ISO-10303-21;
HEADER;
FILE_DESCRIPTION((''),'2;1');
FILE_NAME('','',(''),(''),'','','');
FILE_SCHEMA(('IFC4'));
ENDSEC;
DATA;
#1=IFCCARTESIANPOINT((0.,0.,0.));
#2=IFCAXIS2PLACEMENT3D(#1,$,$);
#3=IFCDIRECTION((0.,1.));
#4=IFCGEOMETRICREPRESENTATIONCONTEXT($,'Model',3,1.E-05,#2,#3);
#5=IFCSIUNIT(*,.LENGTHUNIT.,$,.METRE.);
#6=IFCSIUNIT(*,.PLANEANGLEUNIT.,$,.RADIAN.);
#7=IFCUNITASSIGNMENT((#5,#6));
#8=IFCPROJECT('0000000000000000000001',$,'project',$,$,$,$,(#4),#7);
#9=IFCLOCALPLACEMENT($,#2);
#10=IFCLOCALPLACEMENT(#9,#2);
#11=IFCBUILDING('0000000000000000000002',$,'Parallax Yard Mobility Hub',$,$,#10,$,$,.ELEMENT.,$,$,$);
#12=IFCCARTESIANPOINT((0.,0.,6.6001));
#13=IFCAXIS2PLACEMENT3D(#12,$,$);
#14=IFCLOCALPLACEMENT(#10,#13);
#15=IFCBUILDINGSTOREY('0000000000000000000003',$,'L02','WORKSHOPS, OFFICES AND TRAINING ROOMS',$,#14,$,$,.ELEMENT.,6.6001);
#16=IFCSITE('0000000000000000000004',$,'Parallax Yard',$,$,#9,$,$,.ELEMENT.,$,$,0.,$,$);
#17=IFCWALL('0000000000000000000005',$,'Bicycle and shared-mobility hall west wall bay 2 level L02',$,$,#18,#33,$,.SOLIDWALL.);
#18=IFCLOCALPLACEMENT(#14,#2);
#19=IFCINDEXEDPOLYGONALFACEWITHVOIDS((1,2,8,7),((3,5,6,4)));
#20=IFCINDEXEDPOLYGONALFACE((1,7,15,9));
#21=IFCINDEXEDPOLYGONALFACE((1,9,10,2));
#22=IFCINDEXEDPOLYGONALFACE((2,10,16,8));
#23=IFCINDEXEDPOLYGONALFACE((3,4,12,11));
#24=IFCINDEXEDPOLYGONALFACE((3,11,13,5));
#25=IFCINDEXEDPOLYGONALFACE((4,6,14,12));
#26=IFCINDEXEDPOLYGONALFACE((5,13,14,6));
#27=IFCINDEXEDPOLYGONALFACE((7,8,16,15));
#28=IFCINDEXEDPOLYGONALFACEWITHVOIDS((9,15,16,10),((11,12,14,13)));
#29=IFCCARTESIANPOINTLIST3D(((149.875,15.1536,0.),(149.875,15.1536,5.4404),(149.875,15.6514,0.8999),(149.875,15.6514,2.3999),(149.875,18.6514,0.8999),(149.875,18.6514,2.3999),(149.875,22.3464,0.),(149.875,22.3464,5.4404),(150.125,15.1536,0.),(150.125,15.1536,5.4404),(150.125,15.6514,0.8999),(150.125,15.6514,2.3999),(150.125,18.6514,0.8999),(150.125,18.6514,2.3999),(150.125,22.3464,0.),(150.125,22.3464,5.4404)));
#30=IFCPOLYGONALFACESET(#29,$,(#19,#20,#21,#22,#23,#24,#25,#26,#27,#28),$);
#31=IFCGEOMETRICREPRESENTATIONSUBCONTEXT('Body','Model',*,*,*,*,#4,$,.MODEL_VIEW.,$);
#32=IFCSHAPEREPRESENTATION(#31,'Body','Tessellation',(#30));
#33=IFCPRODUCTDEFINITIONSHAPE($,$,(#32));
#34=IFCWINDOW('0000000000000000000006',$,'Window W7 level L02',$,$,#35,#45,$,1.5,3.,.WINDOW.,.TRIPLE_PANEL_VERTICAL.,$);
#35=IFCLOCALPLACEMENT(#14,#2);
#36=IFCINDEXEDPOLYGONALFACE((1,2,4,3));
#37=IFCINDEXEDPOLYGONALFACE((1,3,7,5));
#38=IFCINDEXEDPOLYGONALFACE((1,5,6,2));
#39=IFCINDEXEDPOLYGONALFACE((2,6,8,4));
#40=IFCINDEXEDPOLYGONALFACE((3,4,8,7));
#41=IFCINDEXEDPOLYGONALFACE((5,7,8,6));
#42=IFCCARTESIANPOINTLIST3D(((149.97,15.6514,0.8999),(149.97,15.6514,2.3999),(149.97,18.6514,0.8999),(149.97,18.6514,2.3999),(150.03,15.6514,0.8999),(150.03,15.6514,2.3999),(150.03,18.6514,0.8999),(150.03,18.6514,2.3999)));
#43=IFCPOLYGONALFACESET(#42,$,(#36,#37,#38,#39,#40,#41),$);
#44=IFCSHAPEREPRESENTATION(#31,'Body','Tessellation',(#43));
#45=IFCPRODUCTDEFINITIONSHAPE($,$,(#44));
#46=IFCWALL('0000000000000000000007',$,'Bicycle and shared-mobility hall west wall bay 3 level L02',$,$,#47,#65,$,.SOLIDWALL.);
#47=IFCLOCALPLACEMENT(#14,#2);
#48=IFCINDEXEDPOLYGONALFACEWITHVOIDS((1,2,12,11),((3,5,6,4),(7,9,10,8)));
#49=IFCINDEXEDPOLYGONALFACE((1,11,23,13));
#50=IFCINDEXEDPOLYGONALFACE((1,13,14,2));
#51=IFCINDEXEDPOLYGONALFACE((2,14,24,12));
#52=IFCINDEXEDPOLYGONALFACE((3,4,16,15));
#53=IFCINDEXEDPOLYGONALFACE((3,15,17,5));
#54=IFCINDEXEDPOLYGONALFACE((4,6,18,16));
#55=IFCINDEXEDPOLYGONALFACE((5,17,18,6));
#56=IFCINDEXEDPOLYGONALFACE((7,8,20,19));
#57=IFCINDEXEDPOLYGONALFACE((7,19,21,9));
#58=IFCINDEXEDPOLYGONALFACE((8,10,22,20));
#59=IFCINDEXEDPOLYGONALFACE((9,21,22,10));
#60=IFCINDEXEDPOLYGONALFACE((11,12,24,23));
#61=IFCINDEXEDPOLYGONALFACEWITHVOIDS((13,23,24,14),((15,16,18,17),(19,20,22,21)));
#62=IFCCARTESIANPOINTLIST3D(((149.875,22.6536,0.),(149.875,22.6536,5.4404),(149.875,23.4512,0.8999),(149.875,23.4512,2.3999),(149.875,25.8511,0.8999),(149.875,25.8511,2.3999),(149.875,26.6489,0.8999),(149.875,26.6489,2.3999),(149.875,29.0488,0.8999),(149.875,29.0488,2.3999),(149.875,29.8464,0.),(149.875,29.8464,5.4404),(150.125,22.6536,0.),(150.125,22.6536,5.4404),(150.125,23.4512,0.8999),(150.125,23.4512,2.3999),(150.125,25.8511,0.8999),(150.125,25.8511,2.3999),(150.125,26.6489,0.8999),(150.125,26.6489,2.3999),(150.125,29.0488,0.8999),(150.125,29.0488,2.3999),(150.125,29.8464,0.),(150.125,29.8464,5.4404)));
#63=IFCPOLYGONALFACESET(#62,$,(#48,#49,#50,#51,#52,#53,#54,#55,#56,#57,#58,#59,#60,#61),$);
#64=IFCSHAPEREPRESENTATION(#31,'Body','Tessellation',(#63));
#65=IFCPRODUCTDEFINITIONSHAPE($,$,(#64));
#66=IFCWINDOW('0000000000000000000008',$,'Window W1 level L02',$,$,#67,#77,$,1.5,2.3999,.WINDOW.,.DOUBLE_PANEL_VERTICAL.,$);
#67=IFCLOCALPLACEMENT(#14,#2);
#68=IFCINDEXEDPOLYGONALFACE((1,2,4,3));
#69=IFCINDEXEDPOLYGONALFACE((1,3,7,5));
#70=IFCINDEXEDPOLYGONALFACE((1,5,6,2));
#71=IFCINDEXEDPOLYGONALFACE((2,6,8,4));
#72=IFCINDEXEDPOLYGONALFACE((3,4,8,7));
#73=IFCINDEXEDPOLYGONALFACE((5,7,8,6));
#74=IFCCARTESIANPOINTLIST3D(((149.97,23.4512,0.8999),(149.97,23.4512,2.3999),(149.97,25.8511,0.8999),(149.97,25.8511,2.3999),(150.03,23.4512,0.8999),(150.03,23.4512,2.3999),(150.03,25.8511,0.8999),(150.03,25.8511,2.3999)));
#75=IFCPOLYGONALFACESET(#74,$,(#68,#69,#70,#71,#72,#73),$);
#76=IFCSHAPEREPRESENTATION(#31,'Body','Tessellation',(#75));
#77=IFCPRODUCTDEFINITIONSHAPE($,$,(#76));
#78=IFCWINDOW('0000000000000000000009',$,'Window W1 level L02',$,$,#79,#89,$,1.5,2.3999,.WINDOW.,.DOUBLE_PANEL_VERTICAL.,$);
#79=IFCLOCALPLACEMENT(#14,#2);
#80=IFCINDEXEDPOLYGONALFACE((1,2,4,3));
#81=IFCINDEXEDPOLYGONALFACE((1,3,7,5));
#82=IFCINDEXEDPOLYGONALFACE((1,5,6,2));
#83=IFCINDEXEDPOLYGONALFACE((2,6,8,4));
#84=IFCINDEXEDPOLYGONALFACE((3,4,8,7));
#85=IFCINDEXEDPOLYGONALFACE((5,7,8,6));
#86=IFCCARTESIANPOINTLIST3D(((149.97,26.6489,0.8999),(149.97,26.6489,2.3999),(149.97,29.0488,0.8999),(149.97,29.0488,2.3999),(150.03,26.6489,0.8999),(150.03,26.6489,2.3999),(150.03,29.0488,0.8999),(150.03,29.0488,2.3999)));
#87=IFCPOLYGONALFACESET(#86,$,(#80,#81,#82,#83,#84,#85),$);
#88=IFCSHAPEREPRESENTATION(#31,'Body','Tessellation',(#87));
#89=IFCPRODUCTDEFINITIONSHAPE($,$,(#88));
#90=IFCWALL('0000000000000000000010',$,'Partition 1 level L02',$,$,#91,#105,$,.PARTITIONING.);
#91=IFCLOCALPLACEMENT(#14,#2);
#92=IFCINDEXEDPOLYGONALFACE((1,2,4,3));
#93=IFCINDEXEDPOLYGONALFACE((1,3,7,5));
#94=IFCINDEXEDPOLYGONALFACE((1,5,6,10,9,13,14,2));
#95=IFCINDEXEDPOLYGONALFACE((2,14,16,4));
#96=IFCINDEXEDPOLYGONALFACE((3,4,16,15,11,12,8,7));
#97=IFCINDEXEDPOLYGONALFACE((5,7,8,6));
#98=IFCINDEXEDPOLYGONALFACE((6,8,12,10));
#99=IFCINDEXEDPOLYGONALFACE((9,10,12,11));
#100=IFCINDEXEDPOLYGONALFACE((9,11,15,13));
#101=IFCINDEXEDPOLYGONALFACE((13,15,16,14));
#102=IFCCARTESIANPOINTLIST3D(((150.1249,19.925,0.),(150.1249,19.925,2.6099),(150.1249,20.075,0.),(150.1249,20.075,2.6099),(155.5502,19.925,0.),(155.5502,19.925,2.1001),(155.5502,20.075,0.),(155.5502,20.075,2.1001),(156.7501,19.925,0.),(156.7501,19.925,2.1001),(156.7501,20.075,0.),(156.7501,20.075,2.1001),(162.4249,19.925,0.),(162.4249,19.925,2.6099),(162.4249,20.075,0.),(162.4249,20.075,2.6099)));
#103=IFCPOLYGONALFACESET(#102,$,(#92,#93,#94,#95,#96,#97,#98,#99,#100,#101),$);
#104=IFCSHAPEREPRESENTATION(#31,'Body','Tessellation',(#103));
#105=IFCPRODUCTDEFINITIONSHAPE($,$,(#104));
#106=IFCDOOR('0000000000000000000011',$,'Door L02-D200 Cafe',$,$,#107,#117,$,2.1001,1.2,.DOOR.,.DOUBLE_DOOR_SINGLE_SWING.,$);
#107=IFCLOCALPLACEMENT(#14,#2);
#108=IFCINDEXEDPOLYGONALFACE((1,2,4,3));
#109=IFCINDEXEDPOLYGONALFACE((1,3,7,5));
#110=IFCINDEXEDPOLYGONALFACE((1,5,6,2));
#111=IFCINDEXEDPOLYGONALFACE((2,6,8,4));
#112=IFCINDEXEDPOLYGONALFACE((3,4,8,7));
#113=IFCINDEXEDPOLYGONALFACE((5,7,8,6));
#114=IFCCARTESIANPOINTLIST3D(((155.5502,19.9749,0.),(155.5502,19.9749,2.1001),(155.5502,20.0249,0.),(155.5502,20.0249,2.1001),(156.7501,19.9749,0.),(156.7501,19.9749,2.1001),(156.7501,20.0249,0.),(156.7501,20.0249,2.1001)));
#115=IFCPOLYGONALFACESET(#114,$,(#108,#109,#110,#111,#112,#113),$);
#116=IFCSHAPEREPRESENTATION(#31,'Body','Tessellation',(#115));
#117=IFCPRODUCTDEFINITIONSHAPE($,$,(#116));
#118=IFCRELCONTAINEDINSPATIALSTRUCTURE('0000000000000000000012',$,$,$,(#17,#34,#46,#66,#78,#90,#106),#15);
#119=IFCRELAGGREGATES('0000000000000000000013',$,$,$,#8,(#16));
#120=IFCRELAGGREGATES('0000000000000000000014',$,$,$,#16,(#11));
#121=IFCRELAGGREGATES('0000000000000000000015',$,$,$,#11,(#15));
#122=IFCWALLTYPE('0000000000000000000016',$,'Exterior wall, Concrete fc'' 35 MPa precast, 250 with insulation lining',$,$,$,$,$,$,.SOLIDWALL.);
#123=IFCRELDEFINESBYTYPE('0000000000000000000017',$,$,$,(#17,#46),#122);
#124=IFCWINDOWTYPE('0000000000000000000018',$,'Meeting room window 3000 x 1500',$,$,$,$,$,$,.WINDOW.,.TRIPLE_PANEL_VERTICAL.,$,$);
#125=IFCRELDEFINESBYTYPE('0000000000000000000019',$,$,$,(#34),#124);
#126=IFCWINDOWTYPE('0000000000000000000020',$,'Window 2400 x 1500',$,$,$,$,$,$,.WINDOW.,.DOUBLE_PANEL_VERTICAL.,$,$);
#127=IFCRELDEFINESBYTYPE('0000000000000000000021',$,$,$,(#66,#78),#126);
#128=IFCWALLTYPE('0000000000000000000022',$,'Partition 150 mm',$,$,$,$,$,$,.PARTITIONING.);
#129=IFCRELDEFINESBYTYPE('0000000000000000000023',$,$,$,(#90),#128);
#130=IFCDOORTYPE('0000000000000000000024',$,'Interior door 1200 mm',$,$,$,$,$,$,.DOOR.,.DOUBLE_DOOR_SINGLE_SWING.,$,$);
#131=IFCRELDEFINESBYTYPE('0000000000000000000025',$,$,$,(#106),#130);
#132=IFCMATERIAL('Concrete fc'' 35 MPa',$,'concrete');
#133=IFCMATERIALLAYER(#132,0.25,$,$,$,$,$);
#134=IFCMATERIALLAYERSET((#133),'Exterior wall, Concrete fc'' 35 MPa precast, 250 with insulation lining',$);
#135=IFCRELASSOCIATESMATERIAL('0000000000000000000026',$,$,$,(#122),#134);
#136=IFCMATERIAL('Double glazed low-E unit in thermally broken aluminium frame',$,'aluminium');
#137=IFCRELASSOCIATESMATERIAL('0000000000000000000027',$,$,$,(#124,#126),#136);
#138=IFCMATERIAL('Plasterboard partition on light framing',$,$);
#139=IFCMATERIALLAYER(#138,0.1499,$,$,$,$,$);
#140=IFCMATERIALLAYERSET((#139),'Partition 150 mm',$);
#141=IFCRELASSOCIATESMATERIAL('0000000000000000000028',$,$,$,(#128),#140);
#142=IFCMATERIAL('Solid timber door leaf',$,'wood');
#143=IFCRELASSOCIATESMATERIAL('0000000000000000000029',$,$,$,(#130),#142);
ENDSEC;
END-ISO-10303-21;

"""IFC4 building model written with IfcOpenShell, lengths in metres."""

from ifc_helpers import new_model, si_unit, direction, frame, frame_2d, origin, place, context, subcontext, project, spatial, rectangle, extrude, material, layer, layer_set, type_object, element, fill, save


model = new_model("IFC4")

# Units and contexts
model_context = context("Model", 3, precision=1e-05, world=origin(), true_north=direction((0.0, 1.0)))
body_context = subcontext(model_context, "Body", "Model", "MODEL_VIEW")
ifc_project = project(units=[si_unit("LENGTHUNIT", "METRE"), si_unit("PLANEANGLEUNIT", "RADIAN")], contexts=[model_context])

# Site, building, storey
site_placement = place(None, origin())
site = spatial("IfcSite", under=ifc_project, at=site_placement, Name="Parallax Yard", CompositionType="ELEMENT", RefElevation=0.0)
building_placement = place(site_placement, origin())
building = spatial("IfcBuilding", under=site, at=building_placement, Name="Parallax Yard Mobility Hub", CompositionType="ELEMENT")
storey_placement = place(building_placement, frame((0.0, 0.0, 6.6001)))
storey = spatial("IfcBuildingStorey", under=building, at=storey_placement, Name="L02", Description="WORKSHOPS, OFFICES AND TRAINING ROOMS", CompositionType="ELEMENT", Elevation=6.6001)

# Wall, opening, window
ifc_material_1 = material(Name="Concrete fc' 35 MPa", Category="concrete")
ifc_layer_1 = layer(ifc_material_1, 0.25)
ifc_layer_set_1 = layer_set([ifc_layer_1], Name="Exterior wall, Concrete fc' 35 MPa precast, 250 with insulation lining")
wall_type_1 = type_object("IfcWallType", Name="Exterior wall, Concrete fc' 35 MPa precast, 250 with insulation lining", PredefinedType="SOLIDWALL", material=ifc_layer_set_1)
wall_1_placement = place(storey_placement, frame((150.0, 15.1536, 0.0), z_axis=(0.0, 0.0, 1.0), x_axis=(0.0, 1.0, 0.0)))
wall_1 = element("IfcWall", 1, at=wall_1_placement, inside=storey, type_object=wall_type_1, Name="Bicycle and shared-mobility hall west wall bay 2 level L02", PredefinedType="SOLIDWALL", context=body_context, shape_type="SweptSolid", body=[
    extrude(rectangle(XDim=7.1929, YDim=0.25, at=frame_2d((3.5964, 0.0))), origin(), (0.0, 0.0, 1.0), 5.4404),
])
opening_1_placement = place(wall_1_placement, frame((0.4978, 0.0, 0.8999)))
opening_1 = element("IfcOpeningElement", 2, at=opening_1_placement, cuts=wall_1, PredefinedType="OPENING", context=body_context, shape_type="SweptSolid", body=[
    extrude(rectangle(XDim=3.0, YDim=1.5, at=frame_2d((1.5, 0.75))), frame((0.0, 0.135, 0.0), z_axis=(0.0, -1.0, 0.0), x_axis=(1.0, 0.0, 0.0)), (0.0, 0.0, 1.0), 0.27),
])
ifc_material_2 = material(Name="Double glazed low-E unit in thermally broken aluminium frame", Category="aluminium")
window_type_1 = type_object("IfcWindowType", Name="Meeting room window 3000 x 1500", PartitioningType="TRIPLE_PANEL_VERTICAL", PredefinedType="WINDOW", material=ifc_material_2)
window_1_placement = place(opening_1_placement, origin())
window_1 = element("IfcWindow", 3, at=window_1_placement, inside=storey, type_object=window_type_1, Name="Window W7 level L02", OverallHeight=1.5, OverallWidth=3.0, PartitioningType="TRIPLE_PANEL_VERTICAL", PredefinedType="WINDOW", context=body_context, shape_type="SweptSolid", body=[
    extrude(rectangle(XDim=3.0, YDim=1.5, at=frame_2d((1.5, 0.75))), frame((0.0, 0.03, 0.0), z_axis=(0.0, -1.0, 0.0), x_axis=(1.0, 0.0, 0.0)), (0.0, 0.0, 1.0), 0.0601),
])
fill(opening_1, window_1)

# Wall, openings, windows
wall_2_placement = place(storey_placement, frame((150.0, 22.6536, 0.0), z_axis=(0.0, 0.0, 1.0), x_axis=(0.0, 1.0, 0.0)))
wall_2 = element("IfcWall", 4, at=wall_2_placement, inside=storey, type_object=wall_type_1, Name="Bicycle and shared-mobility hall west wall bay 3 level L02", PredefinedType="SOLIDWALL", context=body_context, shape_type="SweptSolid", body=[
    extrude(rectangle(XDim=7.1929, YDim=0.25, at=frame_2d((3.5964, 0.0))), origin(), (0.0, 0.0, 1.0), 5.4404),
])
opening_2_placement = place(wall_2_placement, frame((0.7976, 0.0, 0.8999)))
opening_2 = element("IfcOpeningElement", 5, at=opening_2_placement, cuts=wall_2, PredefinedType="OPENING", context=body_context, shape_type="SweptSolid", body=[
    extrude(rectangle(XDim=2.3999, YDim=1.5, at=frame_2d((1.2, 0.75))), frame((0.0, 0.135, 0.0), z_axis=(0.0, -1.0, 0.0), x_axis=(1.0, 0.0, 0.0)), (0.0, 0.0, 1.0), 0.27),
])
opening_3_placement = place(wall_2_placement, frame((3.9954, 0.0, 0.8999)))
opening_3 = element("IfcOpeningElement", 6, at=opening_3_placement, cuts=wall_2, PredefinedType="OPENING", context=body_context, shape_type="SweptSolid", body=[
    extrude(rectangle(XDim=2.3999, YDim=1.5, at=frame_2d((1.2, 0.75))), frame((0.0, 0.135, 0.0), z_axis=(0.0, -1.0, 0.0), x_axis=(1.0, 0.0, 0.0)), (0.0, 0.0, 1.0), 0.27),
])
window_type_2 = type_object("IfcWindowType", Name="Window 2400 x 1500", PartitioningType="DOUBLE_PANEL_VERTICAL", PredefinedType="WINDOW", material=ifc_material_2)
window_2_placement = place(opening_2_placement, origin())
window_2 = element("IfcWindow", 7, at=window_2_placement, inside=storey, type_object=window_type_2, Name="Window W1 level L02", OverallHeight=1.5, OverallWidth=2.3999, PartitioningType="DOUBLE_PANEL_VERTICAL", PredefinedType="WINDOW", context=body_context, shape_type="SweptSolid", body=[
    extrude(rectangle(XDim=2.3999, YDim=1.5, at=frame_2d((1.2, 0.75))), frame((0.0, 0.03, 0.0), z_axis=(0.0, -1.0, 0.0), x_axis=(1.0, 0.0, 0.0)), (0.0, 0.0, 1.0), 0.0601),
])
fill(opening_2, window_2)
window_3_placement = place(opening_3_placement, origin())
window_3 = element("IfcWindow", 8, at=window_3_placement, inside=storey, type_object=window_type_2, Name="Window W1 level L02", OverallHeight=1.5, OverallWidth=2.3999, PartitioningType="DOUBLE_PANEL_VERTICAL", PredefinedType="WINDOW", context=body_context, shape_type="SweptSolid", body=[
    extrude(rectangle(XDim=2.3999, YDim=1.5, at=frame_2d((1.2, 0.75))), frame((0.0, 0.03, 0.0), z_axis=(0.0, -1.0, 0.0), x_axis=(1.0, 0.0, 0.0)), (0.0, 0.0, 1.0), 0.0601),
])
fill(opening_3, window_3)

# Wall, opening, door
ifc_material_3 = material(Name="Plasterboard partition on light framing")
ifc_layer_2 = layer(ifc_material_3, 0.1499)
ifc_layer_set_2 = layer_set([ifc_layer_2], Name="Partition 150 mm")
wall_type_2 = type_object("IfcWallType", Name="Partition 150 mm", PredefinedType="PARTITIONING", material=ifc_layer_set_2)
wall_3_placement = place(storey_placement, frame((150.125, 20.0, 0.0), z_axis=(0.0, 0.0, 1.0), x_axis=(1.0, 0.0, 0.0)))
wall_3 = element("IfcWall", 9, at=wall_3_placement, inside=storey, type_object=wall_type_2, Name="Partition 1 level L02", PredefinedType="PARTITIONING", context=body_context, shape_type="SweptSolid", body=[
    extrude(rectangle(XDim=12.3, YDim=0.1499, at=frame_2d((6.1499, 0.0))), origin(), (0.0, 0.0, 1.0), 2.6099),
])
opening_4_placement = place(wall_3_placement, frame((5.425, 0.0, 0.0)))
opening_4 = element("IfcOpeningElement", 10, at=opening_4_placement, cuts=wall_3, PredefinedType="OPENING", context=body_context, shape_type="SweptSolid", body=[
    extrude(rectangle(XDim=1.2, YDim=2.1001, at=frame_2d((0.6001, 1.05))), frame((0.0, 0.085, 0.0), z_axis=(0.0, -1.0, 0.0), x_axis=(1.0, 0.0, 0.0)), (0.0, 0.0, 1.0), 0.1699),
])
ifc_material_4 = material(Name="Solid timber door leaf", Category="wood")
door_type = type_object("IfcDoorType", Name="Interior door 1200 mm", OperationType="DOUBLE_DOOR_SINGLE_SWING", PredefinedType="DOOR", material=ifc_material_4)
door_placement = place(opening_4_placement, origin())
door = element("IfcDoor", 11, at=door_placement, inside=storey, type_object=door_type, Name="Door L02-D200 Cafe", OperationType="DOUBLE_DOOR_SINGLE_SWING", OverallHeight=2.1001, OverallWidth=1.2, PredefinedType="DOOR", context=body_context, shape_type="SweptSolid", body=[
    extrude(rectangle(XDim=1.2, YDim=2.1001, at=frame_2d((0.6001, 1.05))), frame((0.0, 0.0249, 0.0), z_axis=(0.0, -1.0, 0.0), x_axis=(1.0, 0.0, 0.0)), (0.0, 0.0, 1.0), 0.05),
])
fill(opening_4, door)

save(model, "model.ifc")
